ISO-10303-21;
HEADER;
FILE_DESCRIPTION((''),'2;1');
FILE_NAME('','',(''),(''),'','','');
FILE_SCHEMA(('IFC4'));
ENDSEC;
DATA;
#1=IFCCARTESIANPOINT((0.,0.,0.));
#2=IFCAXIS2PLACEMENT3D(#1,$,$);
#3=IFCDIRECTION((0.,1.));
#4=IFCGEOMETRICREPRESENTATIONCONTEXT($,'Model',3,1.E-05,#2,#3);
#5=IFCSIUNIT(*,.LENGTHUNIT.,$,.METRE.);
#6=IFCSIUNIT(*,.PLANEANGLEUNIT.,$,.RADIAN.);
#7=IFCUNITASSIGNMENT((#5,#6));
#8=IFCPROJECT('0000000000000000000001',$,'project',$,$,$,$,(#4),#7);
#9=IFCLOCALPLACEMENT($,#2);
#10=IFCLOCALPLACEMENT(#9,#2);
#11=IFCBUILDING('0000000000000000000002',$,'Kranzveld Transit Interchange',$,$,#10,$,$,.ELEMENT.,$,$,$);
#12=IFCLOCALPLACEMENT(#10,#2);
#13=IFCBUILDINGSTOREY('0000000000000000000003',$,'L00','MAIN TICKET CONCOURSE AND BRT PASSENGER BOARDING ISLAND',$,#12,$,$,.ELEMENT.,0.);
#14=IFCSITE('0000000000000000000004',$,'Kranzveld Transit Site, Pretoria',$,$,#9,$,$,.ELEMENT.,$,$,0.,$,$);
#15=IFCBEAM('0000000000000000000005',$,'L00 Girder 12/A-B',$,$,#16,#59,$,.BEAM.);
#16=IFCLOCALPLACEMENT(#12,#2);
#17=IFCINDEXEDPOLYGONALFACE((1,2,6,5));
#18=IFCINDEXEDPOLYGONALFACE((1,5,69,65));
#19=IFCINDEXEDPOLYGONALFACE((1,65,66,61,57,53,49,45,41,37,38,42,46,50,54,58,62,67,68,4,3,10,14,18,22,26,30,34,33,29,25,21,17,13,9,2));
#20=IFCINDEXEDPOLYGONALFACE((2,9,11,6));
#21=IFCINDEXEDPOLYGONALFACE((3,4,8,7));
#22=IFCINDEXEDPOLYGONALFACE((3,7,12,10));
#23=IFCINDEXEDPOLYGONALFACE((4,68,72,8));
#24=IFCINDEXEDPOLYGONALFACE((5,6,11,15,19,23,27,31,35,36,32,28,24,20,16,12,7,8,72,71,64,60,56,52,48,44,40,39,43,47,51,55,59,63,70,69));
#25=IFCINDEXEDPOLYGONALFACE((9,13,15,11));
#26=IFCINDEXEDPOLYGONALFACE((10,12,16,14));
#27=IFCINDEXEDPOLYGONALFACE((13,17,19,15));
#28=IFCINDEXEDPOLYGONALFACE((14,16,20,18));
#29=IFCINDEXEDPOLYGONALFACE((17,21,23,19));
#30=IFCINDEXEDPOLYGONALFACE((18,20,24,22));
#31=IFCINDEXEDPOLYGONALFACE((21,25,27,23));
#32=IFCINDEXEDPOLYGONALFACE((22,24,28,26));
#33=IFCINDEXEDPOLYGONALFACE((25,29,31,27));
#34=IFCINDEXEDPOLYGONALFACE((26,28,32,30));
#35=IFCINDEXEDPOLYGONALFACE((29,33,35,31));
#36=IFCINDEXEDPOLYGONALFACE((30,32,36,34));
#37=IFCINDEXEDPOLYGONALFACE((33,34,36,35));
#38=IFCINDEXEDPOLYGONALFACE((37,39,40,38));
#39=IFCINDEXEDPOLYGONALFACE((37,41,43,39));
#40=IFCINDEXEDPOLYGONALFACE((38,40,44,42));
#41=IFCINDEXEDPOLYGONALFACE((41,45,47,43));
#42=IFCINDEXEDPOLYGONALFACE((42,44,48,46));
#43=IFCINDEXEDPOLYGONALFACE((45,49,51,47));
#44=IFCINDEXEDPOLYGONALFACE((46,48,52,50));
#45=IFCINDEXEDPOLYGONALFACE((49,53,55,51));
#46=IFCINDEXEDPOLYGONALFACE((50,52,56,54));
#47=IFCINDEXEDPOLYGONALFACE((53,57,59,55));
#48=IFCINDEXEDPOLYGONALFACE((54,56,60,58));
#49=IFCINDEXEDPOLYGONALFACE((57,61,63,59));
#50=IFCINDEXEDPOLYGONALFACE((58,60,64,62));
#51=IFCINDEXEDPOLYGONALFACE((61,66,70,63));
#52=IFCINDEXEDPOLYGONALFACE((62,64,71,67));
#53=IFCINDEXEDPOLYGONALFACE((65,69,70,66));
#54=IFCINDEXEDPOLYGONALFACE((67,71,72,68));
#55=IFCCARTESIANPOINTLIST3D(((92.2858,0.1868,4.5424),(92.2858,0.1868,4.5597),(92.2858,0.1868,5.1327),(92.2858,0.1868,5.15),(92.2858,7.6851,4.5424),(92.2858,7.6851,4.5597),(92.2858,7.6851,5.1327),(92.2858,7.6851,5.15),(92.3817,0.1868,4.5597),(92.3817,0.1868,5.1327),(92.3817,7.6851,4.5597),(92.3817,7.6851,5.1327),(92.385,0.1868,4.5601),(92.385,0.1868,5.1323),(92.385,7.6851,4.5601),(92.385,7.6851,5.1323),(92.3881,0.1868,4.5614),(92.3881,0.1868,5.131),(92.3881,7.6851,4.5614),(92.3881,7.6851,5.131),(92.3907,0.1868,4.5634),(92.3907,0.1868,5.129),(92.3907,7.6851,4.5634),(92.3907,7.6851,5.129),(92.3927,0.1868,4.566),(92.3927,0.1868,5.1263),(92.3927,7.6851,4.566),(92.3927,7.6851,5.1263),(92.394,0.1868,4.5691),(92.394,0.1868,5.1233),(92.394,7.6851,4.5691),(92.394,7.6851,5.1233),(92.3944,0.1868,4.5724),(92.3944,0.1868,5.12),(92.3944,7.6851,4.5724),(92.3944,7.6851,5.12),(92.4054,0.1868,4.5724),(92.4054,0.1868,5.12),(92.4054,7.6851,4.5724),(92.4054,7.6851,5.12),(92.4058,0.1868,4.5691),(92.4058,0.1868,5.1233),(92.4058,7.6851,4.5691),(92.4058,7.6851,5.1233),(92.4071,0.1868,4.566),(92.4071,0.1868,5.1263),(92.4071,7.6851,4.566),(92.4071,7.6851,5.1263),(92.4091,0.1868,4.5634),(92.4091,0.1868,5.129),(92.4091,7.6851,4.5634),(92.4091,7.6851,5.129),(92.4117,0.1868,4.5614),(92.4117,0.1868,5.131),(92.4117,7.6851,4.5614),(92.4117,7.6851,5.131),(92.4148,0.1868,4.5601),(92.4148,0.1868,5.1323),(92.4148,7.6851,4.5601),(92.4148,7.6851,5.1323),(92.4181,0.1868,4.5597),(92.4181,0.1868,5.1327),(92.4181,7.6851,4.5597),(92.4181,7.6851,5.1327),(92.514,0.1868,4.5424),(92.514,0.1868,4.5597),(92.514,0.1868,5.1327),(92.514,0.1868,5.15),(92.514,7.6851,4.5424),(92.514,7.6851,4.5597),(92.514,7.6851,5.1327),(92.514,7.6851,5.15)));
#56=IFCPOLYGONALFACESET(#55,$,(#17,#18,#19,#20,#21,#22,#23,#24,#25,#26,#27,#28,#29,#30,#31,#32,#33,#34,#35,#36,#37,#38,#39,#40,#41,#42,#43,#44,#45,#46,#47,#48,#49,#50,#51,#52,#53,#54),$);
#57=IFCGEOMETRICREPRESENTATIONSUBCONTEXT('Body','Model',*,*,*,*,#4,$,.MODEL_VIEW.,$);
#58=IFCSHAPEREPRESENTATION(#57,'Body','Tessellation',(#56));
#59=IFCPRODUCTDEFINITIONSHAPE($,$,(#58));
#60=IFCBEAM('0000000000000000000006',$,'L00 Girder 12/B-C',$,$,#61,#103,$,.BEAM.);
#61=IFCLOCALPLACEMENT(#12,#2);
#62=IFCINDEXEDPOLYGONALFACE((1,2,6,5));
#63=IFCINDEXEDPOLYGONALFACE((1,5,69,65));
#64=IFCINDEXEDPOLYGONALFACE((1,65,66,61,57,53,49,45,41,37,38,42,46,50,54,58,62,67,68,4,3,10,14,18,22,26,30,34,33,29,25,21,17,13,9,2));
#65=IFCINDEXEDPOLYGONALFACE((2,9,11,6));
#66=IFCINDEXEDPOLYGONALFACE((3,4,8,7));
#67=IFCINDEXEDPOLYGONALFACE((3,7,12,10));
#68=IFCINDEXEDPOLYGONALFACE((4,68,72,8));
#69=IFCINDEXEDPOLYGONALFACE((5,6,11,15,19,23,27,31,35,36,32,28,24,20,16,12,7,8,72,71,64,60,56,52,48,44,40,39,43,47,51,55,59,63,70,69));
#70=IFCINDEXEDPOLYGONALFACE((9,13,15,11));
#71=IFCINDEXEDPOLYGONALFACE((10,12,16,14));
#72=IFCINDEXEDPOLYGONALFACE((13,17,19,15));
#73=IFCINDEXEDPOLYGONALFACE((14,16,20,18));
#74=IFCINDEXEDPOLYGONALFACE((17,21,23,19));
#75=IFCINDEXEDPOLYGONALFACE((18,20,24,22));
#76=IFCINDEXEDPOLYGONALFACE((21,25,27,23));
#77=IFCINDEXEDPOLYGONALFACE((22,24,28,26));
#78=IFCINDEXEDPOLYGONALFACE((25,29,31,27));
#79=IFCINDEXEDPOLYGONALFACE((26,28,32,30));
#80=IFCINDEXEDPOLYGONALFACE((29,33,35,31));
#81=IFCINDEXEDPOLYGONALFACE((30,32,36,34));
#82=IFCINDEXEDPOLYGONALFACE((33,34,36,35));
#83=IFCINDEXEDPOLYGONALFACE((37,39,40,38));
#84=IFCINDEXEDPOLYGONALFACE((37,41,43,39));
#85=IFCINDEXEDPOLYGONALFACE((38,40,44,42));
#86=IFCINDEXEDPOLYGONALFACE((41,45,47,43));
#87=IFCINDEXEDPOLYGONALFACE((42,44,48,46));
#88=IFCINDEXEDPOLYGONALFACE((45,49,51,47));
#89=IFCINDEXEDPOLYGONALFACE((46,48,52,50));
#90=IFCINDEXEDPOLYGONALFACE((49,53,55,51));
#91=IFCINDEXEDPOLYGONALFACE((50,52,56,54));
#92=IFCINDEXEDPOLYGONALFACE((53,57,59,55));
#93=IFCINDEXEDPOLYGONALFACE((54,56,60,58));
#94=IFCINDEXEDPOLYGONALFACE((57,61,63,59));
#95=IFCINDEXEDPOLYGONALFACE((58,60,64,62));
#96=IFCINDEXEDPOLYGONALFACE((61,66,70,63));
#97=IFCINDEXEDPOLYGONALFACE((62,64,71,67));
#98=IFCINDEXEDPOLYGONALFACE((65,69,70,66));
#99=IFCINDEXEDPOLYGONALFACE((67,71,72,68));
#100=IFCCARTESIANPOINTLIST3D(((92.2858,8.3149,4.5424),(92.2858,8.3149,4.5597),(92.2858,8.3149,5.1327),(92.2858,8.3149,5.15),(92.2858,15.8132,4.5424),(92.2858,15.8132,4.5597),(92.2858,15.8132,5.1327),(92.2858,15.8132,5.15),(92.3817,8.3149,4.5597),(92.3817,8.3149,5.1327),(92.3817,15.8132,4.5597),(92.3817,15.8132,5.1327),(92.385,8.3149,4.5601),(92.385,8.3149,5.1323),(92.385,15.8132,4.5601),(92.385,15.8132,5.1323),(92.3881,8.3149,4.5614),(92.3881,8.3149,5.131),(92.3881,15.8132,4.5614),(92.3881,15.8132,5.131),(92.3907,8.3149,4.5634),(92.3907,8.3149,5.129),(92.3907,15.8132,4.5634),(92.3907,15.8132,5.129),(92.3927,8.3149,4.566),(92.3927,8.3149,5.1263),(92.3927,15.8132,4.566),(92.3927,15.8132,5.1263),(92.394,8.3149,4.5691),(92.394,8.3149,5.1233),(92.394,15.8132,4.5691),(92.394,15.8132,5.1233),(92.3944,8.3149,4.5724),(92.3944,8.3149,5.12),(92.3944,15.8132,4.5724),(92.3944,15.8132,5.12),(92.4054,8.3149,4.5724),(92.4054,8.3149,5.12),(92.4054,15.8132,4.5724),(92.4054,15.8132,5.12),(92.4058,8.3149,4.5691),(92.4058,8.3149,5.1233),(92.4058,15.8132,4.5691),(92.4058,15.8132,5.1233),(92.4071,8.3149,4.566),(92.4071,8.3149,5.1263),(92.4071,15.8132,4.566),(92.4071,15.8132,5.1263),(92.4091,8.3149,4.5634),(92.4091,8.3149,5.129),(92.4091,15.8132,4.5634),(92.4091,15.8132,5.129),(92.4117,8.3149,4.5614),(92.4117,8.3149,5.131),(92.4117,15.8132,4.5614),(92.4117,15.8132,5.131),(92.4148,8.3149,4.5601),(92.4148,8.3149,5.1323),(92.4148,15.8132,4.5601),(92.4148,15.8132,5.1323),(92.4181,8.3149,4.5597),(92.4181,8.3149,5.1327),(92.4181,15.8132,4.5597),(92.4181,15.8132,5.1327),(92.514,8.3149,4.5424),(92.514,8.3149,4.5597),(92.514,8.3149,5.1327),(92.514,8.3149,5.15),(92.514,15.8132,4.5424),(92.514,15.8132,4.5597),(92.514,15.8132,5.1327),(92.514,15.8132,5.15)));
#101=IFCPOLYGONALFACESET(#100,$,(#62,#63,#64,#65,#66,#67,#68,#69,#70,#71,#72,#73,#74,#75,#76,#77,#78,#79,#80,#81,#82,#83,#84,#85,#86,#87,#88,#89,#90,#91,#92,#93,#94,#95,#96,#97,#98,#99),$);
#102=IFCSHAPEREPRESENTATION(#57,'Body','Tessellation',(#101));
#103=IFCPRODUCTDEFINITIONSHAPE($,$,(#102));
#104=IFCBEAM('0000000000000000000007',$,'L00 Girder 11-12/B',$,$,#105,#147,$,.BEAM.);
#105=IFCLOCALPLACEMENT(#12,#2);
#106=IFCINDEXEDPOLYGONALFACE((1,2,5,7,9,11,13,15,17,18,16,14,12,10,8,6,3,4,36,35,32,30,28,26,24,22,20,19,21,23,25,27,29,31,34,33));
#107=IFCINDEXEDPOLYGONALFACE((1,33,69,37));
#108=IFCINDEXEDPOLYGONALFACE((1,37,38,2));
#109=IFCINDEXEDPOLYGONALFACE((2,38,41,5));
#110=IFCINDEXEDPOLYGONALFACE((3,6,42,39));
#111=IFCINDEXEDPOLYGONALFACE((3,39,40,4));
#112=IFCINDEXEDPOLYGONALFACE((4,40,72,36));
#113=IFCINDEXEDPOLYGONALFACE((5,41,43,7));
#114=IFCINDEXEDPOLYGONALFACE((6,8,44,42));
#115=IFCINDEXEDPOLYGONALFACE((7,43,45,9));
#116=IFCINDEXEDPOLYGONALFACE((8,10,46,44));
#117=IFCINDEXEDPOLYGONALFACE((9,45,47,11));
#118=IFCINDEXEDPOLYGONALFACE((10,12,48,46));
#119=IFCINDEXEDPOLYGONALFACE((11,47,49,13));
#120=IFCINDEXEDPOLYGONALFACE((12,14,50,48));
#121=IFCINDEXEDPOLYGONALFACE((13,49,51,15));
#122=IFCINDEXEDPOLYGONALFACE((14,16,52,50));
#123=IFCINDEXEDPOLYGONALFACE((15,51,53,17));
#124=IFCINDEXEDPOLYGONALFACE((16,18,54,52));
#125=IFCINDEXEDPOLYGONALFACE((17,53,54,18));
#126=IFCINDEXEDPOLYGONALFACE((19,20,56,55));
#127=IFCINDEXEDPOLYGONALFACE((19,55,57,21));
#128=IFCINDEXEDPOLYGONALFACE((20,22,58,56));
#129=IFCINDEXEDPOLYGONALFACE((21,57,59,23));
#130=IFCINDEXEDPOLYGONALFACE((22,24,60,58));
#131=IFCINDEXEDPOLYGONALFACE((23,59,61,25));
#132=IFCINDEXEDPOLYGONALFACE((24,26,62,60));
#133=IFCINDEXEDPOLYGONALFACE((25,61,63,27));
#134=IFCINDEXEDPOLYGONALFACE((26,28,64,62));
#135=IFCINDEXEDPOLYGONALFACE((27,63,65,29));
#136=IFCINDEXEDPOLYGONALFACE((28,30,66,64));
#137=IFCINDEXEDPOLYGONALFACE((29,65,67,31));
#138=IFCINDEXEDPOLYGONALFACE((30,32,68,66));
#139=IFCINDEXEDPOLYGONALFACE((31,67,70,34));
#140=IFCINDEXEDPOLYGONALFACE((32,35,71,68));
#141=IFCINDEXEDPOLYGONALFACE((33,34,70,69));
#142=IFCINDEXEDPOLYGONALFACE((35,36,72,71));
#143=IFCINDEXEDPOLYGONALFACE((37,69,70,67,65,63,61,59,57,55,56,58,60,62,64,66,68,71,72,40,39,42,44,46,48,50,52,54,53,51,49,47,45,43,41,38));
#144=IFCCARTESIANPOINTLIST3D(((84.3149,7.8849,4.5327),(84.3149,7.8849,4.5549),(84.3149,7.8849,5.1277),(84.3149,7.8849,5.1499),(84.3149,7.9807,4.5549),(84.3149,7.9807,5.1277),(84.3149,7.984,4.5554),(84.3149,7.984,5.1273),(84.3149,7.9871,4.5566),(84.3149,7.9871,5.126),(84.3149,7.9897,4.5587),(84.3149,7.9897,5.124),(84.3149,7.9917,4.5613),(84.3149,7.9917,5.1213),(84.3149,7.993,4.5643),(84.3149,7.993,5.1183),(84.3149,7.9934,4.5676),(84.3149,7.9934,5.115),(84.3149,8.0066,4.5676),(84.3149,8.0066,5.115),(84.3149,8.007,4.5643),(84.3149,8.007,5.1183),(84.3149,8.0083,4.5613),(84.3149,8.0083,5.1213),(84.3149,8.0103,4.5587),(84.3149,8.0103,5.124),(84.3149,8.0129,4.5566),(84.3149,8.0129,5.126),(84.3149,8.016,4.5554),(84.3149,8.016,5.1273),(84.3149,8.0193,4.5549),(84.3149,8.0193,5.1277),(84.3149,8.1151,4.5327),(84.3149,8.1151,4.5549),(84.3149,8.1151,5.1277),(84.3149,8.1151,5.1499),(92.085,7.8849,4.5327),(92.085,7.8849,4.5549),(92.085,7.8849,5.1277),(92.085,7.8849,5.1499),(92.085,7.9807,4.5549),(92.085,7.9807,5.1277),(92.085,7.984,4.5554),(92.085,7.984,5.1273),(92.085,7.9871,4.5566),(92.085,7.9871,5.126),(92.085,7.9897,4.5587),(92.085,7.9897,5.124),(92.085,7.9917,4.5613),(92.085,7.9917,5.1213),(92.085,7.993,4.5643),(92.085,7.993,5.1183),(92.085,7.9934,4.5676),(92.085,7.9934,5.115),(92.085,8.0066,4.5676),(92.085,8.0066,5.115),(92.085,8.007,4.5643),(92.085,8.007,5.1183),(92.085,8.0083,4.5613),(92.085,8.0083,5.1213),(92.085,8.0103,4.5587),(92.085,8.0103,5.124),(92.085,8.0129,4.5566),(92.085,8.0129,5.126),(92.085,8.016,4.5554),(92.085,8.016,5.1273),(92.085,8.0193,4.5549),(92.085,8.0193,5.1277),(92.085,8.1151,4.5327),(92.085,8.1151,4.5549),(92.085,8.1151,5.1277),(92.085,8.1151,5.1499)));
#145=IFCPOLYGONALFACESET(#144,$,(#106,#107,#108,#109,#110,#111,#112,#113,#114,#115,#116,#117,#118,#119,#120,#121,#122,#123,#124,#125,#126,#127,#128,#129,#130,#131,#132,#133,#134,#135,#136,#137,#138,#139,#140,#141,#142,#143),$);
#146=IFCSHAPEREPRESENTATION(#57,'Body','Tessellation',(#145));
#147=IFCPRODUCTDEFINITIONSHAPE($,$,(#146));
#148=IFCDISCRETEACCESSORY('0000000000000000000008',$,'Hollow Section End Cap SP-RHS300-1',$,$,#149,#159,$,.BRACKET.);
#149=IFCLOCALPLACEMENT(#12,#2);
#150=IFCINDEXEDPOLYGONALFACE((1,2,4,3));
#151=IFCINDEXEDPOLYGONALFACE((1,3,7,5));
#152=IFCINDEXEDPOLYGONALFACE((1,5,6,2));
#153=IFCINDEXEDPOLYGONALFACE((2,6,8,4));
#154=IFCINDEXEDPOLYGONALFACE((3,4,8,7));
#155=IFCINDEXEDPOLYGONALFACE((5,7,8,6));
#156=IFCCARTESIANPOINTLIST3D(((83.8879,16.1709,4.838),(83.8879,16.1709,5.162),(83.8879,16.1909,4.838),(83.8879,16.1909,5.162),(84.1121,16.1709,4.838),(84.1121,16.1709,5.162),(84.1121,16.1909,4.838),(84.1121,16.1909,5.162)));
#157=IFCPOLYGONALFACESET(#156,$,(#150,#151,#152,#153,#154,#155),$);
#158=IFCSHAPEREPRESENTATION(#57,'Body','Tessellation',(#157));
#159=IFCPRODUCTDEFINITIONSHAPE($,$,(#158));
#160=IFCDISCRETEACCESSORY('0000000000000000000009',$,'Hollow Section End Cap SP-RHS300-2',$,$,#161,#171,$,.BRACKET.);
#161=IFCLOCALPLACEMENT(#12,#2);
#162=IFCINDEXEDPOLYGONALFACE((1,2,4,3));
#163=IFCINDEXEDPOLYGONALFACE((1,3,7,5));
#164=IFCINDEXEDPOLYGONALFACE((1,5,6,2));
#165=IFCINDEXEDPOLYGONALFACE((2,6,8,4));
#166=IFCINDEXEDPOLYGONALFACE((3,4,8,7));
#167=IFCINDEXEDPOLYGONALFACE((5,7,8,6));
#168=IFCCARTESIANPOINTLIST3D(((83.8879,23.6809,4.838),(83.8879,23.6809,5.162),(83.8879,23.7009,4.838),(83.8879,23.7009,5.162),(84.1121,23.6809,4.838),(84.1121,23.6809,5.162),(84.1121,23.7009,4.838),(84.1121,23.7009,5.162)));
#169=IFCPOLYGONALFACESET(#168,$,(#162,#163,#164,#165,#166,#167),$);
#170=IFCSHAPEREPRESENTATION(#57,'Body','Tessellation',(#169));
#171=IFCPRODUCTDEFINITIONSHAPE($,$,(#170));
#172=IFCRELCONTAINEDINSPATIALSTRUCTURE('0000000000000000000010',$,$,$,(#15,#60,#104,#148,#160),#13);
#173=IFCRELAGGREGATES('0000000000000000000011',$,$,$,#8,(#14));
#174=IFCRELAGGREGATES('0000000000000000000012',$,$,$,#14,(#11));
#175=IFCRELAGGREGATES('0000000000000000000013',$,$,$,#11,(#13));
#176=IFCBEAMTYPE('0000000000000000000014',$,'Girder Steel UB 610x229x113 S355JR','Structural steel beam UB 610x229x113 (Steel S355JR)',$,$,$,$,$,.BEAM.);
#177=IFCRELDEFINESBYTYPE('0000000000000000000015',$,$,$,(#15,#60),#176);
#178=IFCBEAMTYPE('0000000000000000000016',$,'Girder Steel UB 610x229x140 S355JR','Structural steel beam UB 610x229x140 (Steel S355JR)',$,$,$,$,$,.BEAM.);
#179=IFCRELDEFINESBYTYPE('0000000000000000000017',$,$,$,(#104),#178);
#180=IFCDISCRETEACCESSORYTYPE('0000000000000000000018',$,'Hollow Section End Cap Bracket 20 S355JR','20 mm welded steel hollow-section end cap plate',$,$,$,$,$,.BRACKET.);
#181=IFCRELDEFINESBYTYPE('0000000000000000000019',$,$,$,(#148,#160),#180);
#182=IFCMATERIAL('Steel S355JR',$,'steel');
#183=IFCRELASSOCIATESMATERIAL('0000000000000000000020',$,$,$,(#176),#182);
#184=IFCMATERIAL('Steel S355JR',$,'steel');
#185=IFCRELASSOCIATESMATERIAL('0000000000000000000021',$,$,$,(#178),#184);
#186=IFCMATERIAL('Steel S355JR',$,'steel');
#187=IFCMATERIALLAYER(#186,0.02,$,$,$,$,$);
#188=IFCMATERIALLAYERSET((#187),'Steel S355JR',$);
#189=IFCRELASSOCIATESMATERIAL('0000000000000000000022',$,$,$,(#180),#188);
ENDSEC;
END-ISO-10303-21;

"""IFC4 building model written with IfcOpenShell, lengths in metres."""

from ifc_helpers import new_model, si_unit, direction, frame, origin, origin_2d, place, context, subcontext, project, spatial, rectangle, i_section, extrude, material, layer, layer_set, material_profile, profile_set, type_object, element, save


model = new_model("IFC4")

# Units and contexts
model_context = context("Model", 3, precision=1e-05, world=origin(), true_north=direction((0.0, 1.0)))
body_context = subcontext(model_context, "Body", "Model", "MODEL_VIEW")
ifc_project = project(units=[si_unit("LENGTHUNIT", "METRE"), si_unit("PLANEANGLEUNIT", "RADIAN")], contexts=[model_context])

# Site, building, storey
site_placement = place(None, origin())
site = spatial("IfcSite", under=ifc_project, at=site_placement, Name="Kranzveld Transit Site, Pretoria", CompositionType="ELEMENT", RefElevation=0.0)
building_placement = place(site_placement, origin())
building = spatial("IfcBuilding", under=site, at=building_placement, Name="Kranzveld Transit Interchange", CompositionType="ELEMENT")
storey_placement = place(building_placement, origin())
storey = spatial("IfcBuildingStorey", under=building, at=storey_placement, Name="L00", Description="MAIN TICKET CONCOURSE AND BRT PASSENGER BOARDING ISLAND", CompositionType="ELEMENT", Elevation=0.0)

# Beams
ifc_material_1 = material(Name="Steel S355JR", Category="steel")
ifc_material_profile_1 = material_profile(ifc_material_1, i_section(OverallWidth=0.2283, OverallDepth=0.6077, WebThickness=0.011, FlangeThickness=0.0173, FilletRadius=0.0127, at=origin_2d()), Name="UB 610x229x113")
ifc_profile_set_1 = profile_set([ifc_material_profile_1], Name="Steel S355JR")
beam_type_1 = type_object("IfcBeamType", Name="Girder Steel UB 610x229x113 S355JR", Description="Structural steel beam UB 610x229x113 (Steel S355JR)", PredefinedType="BEAM", material=ifc_profile_set_1)
for number, where, z_axis, x_axis, name in (
    (1, (92.3999, 0.1868, 4.8462), (0.0, 1.0, 0.0), (-1.0, 0.0, 0.0), "L00 Girder 12/A-B"),
    (2, (92.3999, 8.3149, 4.8462), (0.0, 1.0, 0.0), (-1.0, 0.0, 0.0), "L00 Girder 12/B-C"),
):
    element("IfcBeam", number, at=place(storey_placement, frame(where, z_axis=z_axis, x_axis=x_axis)), inside=storey, type_object=beam_type_1, Name=name, PredefinedType="BEAM", context=body_context, shape_type="SweptSolid", body=[
        extrude(i_section(OverallWidth=0.2283, OverallDepth=0.6077, WebThickness=0.011, FlangeThickness=0.0173, FilletRadius=0.0127, at=origin_2d()), origin(), (0.0, 0.0, 1.0), 7.4983),
    ])
ifc_material_2 = material(Name="Steel S355JR", Category="steel")
ifc_material_profile_2 = material_profile(ifc_material_2, i_section(OverallWidth=0.2302, OverallDepth=0.6172, WebThickness=0.0132, FlangeThickness=0.0222, FilletRadius=0.0127, at=origin_2d()), Name="UB 610x229x140")
ifc_profile_set_2 = profile_set([ifc_material_profile_2], Name="Steel S355JR")
beam_type_2 = type_object("IfcBeamType", Name="Girder Steel UB 610x229x140 S355JR", Description="Structural steel beam UB 610x229x140 (Steel S355JR)", PredefinedType="BEAM", material=ifc_profile_set_2)
beam_1_placement = place(storey_placement, frame((84.3149, 8.0, 4.8413), z_axis=(1.0, 0.0, 0.0), x_axis=(0.0, 1.0, 0.0)))
element("IfcBeam", 3, at=beam_1_placement, inside=storey, type_object=beam_type_2, Name="L00 Girder 11-12/B", PredefinedType="BEAM", context=body_context, shape_type="SweptSolid", body=[
    extrude(i_section(OverallWidth=0.2302, OverallDepth=0.6172, WebThickness=0.0132, FlangeThickness=0.0222, FilletRadius=0.0127, at=origin_2d()), origin(), (0.0, 0.0, 1.0), 7.77),
])

# Discrete accessories
ifc_material_3 = material(Name="Steel S355JR", Category="steel")
ifc_layer_1 = layer(ifc_material_3, 0.02)
ifc_layer_set_1 = layer_set([ifc_layer_1], Name="Steel S355JR")
discrete_accessory_type = type_object("IfcDiscreteAccessoryType", Name="Hollow Section End Cap Bracket 20 S355JR", Description="20 mm welded steel hollow-section end cap plate", PredefinedType="BRACKET", material=ifc_layer_set_1)
for number, where, z_axis, x_axis, name in (
    (4, (84.0, 16.1909, 5.0), (0.0, -1.0, 0.0), (1.0, 0.0, 0.0), "Hollow Section End Cap SP-RHS300-1"),
    (5, (84.0, 23.6809, 5.0), (0.0, 1.0, 0.0), (-1.0, 0.0, 0.0), "Hollow Section End Cap SP-RHS300-2"),
):
    element("IfcDiscreteAccessory", number, at=place(storey_placement, frame(where, z_axis=z_axis, x_axis=x_axis)), inside=storey, type_object=discrete_accessory_type, Name=name, PredefinedType="BRACKET", context=body_context, shape_type="SweptSolid", body=[
        extrude(rectangle(XDim=0.2241, YDim=0.324, at=origin_2d()), origin(), (0.0, 0.0, 1.0), 0.02),
    ])

save(model, "model.ifc")
